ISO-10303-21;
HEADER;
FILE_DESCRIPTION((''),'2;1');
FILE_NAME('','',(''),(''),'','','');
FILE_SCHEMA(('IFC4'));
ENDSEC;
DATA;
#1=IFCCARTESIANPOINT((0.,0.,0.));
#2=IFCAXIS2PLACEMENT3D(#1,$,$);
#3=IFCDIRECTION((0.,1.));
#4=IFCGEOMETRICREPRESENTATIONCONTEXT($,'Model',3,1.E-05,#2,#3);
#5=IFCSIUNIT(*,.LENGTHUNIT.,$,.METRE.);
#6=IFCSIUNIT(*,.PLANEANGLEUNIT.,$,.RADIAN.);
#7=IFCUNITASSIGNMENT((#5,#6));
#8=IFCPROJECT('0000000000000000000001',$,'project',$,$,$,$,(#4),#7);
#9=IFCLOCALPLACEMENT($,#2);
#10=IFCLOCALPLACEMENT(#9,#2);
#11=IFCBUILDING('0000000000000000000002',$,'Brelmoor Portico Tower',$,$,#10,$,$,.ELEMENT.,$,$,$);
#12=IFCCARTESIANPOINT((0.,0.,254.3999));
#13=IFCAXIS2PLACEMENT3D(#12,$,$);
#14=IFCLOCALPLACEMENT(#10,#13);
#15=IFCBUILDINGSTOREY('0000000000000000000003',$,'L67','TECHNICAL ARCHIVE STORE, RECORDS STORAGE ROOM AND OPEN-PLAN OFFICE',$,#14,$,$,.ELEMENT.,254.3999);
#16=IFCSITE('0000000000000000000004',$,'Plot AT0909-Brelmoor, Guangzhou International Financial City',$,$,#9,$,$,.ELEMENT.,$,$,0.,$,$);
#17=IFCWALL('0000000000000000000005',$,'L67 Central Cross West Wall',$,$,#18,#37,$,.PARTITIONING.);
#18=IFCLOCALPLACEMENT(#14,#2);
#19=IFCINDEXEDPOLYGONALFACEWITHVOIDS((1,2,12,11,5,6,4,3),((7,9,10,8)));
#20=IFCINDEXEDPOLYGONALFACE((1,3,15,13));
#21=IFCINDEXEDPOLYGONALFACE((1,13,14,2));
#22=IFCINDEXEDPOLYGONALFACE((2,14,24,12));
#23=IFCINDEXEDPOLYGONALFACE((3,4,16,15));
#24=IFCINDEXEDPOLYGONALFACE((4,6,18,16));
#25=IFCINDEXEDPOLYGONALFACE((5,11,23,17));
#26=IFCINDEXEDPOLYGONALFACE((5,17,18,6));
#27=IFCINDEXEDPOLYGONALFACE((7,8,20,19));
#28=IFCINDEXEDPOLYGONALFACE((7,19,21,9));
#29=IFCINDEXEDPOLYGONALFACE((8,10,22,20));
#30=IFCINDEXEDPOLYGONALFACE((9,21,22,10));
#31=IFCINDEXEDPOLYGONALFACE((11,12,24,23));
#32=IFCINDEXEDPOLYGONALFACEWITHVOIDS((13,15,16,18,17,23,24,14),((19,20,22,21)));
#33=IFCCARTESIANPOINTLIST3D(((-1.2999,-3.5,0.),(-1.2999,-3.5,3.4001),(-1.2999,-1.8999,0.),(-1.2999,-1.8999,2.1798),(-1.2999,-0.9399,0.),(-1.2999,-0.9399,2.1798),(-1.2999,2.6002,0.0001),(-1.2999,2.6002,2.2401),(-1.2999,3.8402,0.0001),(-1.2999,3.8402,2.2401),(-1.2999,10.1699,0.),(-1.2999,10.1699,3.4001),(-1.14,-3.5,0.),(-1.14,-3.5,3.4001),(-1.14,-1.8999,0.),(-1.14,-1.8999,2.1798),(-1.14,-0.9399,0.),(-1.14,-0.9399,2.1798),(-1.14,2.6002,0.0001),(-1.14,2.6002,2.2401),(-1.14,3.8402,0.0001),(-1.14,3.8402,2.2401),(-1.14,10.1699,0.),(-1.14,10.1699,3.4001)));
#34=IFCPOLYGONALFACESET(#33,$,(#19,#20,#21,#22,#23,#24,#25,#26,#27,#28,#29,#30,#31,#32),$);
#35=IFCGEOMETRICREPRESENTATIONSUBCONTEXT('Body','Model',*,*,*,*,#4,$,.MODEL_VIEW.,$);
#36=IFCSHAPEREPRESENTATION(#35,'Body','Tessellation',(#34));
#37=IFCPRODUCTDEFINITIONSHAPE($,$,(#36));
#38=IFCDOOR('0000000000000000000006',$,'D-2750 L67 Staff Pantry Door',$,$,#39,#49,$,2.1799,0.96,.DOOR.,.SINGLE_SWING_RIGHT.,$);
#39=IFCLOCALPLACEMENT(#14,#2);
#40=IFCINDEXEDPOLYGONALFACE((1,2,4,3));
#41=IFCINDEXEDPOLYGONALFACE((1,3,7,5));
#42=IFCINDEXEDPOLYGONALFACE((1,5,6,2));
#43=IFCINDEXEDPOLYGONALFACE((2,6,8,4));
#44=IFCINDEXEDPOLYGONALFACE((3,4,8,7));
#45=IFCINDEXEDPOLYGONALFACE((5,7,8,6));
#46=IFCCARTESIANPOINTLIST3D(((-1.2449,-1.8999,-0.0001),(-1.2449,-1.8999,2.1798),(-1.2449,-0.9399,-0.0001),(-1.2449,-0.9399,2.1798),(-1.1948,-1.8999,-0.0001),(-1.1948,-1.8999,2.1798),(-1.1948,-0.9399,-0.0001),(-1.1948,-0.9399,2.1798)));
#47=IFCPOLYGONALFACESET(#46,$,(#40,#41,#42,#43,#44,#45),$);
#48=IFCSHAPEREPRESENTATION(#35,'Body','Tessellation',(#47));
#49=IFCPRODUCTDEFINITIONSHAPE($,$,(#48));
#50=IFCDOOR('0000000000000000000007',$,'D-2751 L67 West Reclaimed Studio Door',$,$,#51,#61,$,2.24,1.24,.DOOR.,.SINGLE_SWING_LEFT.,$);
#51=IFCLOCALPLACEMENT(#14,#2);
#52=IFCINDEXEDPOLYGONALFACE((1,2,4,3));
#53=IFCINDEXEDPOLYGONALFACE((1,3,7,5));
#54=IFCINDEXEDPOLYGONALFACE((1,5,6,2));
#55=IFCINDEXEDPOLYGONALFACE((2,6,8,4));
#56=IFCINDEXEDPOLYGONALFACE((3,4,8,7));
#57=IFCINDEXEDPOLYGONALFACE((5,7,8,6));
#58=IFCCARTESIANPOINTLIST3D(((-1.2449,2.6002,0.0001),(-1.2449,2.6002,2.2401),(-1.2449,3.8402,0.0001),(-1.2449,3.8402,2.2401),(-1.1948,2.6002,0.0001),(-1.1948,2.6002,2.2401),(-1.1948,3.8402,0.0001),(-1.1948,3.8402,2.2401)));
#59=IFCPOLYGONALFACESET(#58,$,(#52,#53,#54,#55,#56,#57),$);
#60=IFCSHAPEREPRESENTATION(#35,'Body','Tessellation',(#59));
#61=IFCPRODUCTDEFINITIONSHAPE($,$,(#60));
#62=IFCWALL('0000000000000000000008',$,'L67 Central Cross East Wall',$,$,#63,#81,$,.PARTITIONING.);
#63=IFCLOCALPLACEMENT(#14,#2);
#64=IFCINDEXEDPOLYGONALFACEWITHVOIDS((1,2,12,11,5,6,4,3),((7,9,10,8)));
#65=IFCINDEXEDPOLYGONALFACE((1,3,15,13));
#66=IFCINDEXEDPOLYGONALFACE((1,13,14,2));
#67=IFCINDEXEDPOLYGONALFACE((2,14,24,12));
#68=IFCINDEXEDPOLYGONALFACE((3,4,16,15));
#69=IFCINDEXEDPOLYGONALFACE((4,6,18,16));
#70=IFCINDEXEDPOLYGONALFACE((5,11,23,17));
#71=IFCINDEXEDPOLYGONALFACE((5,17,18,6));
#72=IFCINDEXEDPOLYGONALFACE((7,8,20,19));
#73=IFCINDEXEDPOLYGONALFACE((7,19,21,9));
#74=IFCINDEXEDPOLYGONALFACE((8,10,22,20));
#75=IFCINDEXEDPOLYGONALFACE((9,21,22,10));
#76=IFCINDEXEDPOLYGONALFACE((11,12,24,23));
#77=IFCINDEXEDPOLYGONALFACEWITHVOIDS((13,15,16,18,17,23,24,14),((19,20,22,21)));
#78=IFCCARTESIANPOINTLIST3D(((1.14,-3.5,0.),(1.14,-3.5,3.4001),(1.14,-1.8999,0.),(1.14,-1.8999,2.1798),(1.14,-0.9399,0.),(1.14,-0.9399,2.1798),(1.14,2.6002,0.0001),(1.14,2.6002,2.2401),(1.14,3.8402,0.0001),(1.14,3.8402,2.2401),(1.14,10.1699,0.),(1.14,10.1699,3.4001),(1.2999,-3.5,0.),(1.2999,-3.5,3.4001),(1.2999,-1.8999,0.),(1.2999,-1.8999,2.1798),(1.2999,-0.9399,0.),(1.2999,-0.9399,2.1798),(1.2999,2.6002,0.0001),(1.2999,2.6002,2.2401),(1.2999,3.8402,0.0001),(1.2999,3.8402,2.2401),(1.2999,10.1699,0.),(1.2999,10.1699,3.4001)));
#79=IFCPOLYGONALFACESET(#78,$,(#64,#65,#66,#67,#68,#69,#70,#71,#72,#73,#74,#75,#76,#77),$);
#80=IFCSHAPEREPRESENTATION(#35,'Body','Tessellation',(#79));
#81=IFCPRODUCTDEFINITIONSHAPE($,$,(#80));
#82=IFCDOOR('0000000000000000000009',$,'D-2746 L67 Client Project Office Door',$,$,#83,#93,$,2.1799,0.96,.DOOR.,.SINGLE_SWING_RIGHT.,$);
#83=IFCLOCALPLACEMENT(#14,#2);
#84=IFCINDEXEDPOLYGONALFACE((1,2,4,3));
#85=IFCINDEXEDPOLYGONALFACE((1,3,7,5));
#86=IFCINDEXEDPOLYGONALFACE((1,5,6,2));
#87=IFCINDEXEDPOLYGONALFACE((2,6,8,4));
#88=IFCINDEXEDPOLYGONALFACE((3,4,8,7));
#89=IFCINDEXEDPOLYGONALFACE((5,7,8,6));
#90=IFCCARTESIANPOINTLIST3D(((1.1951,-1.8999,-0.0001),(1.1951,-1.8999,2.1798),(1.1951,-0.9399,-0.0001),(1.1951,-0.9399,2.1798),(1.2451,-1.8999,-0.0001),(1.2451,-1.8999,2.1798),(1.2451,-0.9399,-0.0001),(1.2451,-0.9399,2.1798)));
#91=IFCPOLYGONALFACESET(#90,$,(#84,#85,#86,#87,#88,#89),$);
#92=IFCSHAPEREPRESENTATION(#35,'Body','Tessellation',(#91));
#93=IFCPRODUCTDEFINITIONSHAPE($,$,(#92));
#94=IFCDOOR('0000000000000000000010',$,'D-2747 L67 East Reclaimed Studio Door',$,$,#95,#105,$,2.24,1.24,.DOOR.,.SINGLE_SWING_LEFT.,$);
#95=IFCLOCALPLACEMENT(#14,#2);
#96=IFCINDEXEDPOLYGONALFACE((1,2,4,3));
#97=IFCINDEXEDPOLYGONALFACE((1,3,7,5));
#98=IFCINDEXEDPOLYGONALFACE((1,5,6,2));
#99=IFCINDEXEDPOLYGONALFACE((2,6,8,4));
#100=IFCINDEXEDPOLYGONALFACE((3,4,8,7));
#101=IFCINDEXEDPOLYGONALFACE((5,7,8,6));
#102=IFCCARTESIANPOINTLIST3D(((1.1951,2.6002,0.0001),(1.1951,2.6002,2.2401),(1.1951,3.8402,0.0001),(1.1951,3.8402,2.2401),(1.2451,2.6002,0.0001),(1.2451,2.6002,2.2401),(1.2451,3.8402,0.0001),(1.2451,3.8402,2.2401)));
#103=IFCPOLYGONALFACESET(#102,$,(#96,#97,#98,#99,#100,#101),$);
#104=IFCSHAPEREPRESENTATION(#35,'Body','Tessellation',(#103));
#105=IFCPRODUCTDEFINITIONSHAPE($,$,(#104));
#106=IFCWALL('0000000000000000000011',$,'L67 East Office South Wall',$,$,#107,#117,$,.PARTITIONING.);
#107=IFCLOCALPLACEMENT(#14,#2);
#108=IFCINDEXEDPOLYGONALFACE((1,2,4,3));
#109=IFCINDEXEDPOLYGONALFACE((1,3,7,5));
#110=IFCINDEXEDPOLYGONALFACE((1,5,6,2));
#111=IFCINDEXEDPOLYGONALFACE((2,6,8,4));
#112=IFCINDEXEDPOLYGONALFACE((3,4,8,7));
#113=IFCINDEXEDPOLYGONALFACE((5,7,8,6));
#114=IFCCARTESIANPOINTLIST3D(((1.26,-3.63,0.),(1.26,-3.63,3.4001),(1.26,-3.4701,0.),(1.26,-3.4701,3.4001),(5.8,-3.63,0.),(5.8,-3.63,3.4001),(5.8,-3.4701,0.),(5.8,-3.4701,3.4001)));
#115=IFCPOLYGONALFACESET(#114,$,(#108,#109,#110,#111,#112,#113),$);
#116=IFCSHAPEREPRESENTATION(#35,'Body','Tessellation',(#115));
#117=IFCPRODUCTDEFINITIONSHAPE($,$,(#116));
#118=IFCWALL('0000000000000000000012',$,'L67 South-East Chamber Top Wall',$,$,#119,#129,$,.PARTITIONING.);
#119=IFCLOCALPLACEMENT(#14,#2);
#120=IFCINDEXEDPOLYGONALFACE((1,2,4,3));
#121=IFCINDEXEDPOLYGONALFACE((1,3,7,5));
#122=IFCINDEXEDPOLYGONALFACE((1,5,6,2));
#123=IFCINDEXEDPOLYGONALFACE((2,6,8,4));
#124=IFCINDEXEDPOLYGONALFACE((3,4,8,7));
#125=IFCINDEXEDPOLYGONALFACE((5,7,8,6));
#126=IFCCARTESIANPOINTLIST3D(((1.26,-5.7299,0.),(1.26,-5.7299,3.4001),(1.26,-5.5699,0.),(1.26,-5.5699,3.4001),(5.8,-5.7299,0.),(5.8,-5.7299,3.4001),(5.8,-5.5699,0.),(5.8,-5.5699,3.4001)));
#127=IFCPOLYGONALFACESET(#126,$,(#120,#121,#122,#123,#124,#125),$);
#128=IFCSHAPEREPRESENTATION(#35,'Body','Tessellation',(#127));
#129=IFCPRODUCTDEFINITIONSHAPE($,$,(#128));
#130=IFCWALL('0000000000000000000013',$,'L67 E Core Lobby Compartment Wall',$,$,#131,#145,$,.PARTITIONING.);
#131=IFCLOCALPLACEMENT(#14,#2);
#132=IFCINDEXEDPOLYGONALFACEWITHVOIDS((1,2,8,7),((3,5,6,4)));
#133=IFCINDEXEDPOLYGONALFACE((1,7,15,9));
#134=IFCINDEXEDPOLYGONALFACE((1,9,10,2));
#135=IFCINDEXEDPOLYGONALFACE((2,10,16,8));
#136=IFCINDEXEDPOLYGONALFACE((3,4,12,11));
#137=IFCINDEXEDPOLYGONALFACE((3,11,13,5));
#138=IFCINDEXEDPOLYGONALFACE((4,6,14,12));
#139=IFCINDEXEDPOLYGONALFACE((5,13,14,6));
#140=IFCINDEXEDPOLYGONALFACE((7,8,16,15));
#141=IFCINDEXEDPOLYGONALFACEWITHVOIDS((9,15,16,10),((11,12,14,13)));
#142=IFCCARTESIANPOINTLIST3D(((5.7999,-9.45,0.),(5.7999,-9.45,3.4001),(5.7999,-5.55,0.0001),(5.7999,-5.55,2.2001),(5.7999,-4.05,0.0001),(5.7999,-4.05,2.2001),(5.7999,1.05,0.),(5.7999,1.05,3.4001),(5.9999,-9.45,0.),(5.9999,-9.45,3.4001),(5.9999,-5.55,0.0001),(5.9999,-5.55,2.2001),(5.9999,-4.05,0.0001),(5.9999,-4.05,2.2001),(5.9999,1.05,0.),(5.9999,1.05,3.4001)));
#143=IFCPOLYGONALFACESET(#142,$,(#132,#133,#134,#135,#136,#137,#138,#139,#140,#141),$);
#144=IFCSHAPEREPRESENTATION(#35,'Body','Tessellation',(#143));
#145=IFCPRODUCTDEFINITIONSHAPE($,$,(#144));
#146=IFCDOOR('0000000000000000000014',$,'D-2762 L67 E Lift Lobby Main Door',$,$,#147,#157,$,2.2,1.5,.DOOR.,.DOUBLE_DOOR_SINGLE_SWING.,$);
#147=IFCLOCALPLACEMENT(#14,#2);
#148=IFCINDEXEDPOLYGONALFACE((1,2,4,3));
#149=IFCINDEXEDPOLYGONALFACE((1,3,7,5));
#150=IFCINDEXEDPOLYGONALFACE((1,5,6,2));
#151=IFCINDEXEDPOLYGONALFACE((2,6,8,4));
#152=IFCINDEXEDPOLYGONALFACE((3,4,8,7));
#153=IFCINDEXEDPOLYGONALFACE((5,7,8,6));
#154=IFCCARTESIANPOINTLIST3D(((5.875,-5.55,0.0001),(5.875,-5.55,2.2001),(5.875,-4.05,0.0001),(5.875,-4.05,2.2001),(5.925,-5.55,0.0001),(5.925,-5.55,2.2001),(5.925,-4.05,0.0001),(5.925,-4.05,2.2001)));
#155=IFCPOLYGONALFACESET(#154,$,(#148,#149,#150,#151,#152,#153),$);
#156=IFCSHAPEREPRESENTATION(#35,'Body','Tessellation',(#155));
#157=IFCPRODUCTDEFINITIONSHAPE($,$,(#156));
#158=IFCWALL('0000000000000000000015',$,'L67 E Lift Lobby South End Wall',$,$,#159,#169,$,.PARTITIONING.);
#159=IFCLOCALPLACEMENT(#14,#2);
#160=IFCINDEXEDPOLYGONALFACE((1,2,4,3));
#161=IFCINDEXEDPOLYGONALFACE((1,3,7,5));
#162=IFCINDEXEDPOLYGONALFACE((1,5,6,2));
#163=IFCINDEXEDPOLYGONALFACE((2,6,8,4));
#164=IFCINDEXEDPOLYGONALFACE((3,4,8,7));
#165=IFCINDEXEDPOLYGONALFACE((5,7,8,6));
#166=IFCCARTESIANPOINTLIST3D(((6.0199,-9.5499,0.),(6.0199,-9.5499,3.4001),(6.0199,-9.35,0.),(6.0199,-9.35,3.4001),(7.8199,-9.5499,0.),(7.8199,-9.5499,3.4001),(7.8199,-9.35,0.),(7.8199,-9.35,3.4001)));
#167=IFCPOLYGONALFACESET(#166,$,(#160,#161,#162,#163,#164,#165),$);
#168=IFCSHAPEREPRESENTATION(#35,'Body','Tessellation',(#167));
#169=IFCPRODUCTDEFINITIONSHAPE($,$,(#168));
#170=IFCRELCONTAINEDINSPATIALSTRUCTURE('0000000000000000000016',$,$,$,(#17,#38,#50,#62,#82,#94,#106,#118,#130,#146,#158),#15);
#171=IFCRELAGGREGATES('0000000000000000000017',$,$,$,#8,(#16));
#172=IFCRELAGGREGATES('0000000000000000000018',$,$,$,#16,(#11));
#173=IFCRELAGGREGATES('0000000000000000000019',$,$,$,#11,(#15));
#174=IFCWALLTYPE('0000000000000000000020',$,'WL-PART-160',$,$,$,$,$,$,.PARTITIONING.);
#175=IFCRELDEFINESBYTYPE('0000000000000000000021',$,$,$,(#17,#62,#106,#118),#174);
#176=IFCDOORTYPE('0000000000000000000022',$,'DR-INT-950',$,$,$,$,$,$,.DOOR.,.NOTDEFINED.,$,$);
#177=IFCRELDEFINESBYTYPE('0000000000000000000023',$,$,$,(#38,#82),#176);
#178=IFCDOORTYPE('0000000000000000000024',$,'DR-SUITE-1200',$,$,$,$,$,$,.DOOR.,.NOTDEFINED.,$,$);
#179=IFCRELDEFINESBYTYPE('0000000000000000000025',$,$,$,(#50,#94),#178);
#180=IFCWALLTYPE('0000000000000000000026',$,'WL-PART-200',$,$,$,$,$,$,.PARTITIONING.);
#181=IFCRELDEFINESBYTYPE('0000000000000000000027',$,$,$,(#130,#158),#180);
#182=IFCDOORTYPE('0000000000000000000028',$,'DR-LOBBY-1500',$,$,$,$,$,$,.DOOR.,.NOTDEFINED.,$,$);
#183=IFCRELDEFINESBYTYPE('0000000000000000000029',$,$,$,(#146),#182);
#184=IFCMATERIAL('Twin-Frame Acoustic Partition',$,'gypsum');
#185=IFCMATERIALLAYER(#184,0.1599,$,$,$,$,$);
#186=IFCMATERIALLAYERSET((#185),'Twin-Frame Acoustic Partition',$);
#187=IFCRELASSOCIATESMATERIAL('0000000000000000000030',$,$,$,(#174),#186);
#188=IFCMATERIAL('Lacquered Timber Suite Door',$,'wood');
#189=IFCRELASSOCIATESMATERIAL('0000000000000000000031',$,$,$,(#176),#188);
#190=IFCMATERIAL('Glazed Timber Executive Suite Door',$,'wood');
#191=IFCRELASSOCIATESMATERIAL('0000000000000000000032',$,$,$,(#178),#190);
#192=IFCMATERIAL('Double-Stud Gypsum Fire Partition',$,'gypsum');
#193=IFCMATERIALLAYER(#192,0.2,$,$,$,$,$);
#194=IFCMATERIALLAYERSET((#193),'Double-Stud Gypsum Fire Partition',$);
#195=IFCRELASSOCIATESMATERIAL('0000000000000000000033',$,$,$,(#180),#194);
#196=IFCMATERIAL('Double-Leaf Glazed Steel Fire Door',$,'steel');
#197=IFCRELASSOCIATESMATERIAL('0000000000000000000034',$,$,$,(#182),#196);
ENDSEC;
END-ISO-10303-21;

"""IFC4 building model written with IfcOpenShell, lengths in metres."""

from ifc_helpers import new_model, si_unit, direction, frame, frame_2d, origin, place, context, subcontext, project, spatial, rectangle, extrude, material, layer, layer_set, type_object, element, fill, save


model = new_model("IFC4")

# Units and contexts
model_context = context("Model", 3, precision=1e-05, world=origin(), true_north=direction((0.0, 1.0)))
body_context = subcontext(model_context, "Body", "Model", "MODEL_VIEW")
ifc_project = project(units=[si_unit("LENGTHUNIT", "METRE"), si_unit("PLANEANGLEUNIT", "RADIAN")], contexts=[model_context])

# Site, building, storey
site_placement = place(None, origin())
site = spatial("IfcSite", under=ifc_project, at=site_placement, Name="Plot AT0909-Brelmoor, Guangzhou International Financial City", CompositionType="ELEMENT", RefElevation=0.0)
building_placement = place(site_placement, origin())
building = spatial("IfcBuilding", under=site, at=building_placement, Name="Brelmoor Portico Tower", CompositionType="ELEMENT")
storey_placement = place(building_placement, frame((0.0, 0.0, 254.3999)))
storey = spatial("IfcBuildingStorey", under=building, at=storey_placement, Name="L67", Description="TECHNICAL ARCHIVE STORE, RECORDS STORAGE ROOM AND OPEN-PLAN OFFICE", CompositionType="ELEMENT", Elevation=254.3999)

# Walls, openings, doors
ifc_material_1 = material(Name="Twin-Frame Acoustic Partition", Category="gypsum")
ifc_layer_1 = layer(ifc_material_1, 0.1599)
ifc_layer_set_1 = layer_set([ifc_layer_1], Name="Twin-Frame Acoustic Partition")
wall_type_1 = type_object("IfcWallType", Name="WL-PART-160", PredefinedType="PARTITIONING", material=ifc_layer_set_1)
wall_1_placement = place(storey_placement, frame((-1.22, -3.5, 0.0), z_axis=(0.0, 0.0, 1.0), x_axis=(0.0, 1.0, 0.0)))
wall_1 = element("IfcWall", 1, at=wall_1_placement, inside=storey, type_object=wall_type_1, Name="L67 Central Cross West Wall", PredefinedType="PARTITIONING", context=body_context, shape_type="SweptSolid", body=[
    extrude(rectangle(XDim=13.6699, YDim=0.1599, at=frame_2d((6.835, 0.0))), origin(), (0.0, 0.0, 1.0), 3.4001),
])
opening_1_placement = place(wall_1_placement, frame((6.1001, 0.0, 0.0)))
opening_1 = element("IfcOpeningElement", 2, at=opening_1_placement, cuts=wall_1, PredefinedType="OPENING", context=body_context, shape_type="SweptSolid", body=[
    extrude(rectangle(XDim=1.24, YDim=2.24, at=frame_2d((0.6201, 1.1201))), frame((0.0, 0.0898, 0.0), z_axis=(0.0, -1.0, 0.0), x_axis=(1.0, 0.0, 0.0)), (0.0, 0.0, 1.0), 0.1799),
])
opening_2_placement = place(wall_1_placement, frame((1.6001, 0.0, 0.0)))
opening_2 = element("IfcOpeningElement", 3, at=opening_2_placement, cuts=wall_1, PredefinedType="OPENING", context=body_context, shape_type="SweptSolid", body=[
    extrude(rectangle(XDim=0.96, YDim=2.1799, at=frame_2d((0.48, 1.0898))), frame((0.0, 0.0898, 0.0), z_axis=(0.0, -1.0, 0.0), x_axis=(1.0, 0.0, 0.0)), (0.0, 0.0, 1.0), 0.1799),
])
ifc_material_2 = material(Name="Lacquered Timber Suite Door", Category="wood")
door_type_1 = type_object("IfcDoorType", Name="DR-INT-950", OperationType="NOTDEFINED", PredefinedType="DOOR", material=ifc_material_2)
door_1_placement = place(opening_2_placement, origin())
door_1 = element("IfcDoor", 4, at=door_1_placement, inside=storey, type_object=door_type_1, Name="D-2750 L67 Staff Pantry Door", OperationType="SINGLE_SWING_RIGHT", OverallHeight=2.1799, OverallWidth=0.96, PredefinedType="DOOR", context=body_context, shape_type="SweptSolid", body=[
    extrude(rectangle(XDim=0.96, YDim=2.1799, at=frame_2d((0.48, 1.0898))), frame((0.0, 0.0249, 0.0), z_axis=(0.0, -1.0, 0.0), x_axis=(1.0, 0.0, 0.0)), (0.0, 0.0, 1.0), 0.05),
])
fill(opening_2, door_1)
ifc_material_3 = material(Name="Glazed Timber Executive Suite Door", Category="wood")
door_type_2 = type_object("IfcDoorType", Name="DR-SUITE-1200", OperationType="NOTDEFINED", PredefinedType="DOOR", material=ifc_material_3)
door_2_placement = place(opening_1_placement, origin())
door_2 = element("IfcDoor", 5, at=door_2_placement, inside=storey, type_object=door_type_2, Name="D-2751 L67 West Reclaimed Studio Door", OperationType="SINGLE_SWING_LEFT", OverallHeight=2.24, OverallWidth=1.24, PredefinedType="DOOR", context=body_context, shape_type="SweptSolid", body=[
    extrude(rectangle(XDim=1.24, YDim=2.24, at=frame_2d((0.6201, 1.1201))), frame((0.0, 0.0249, 0.0), z_axis=(0.0, -1.0, 0.0), x_axis=(1.0, 0.0, 0.0)), (0.0, 0.0, 1.0), 0.05),
])
fill(opening_1, door_2)
wall_2_placement = place(storey_placement, frame((1.22, -3.5, 0.0), z_axis=(0.0, 0.0, 1.0), x_axis=(0.0, 1.0, 0.0)))
wall_2 = element("IfcWall", 6, at=wall_2_placement, inside=storey, type_object=wall_type_1, Name="L67 Central Cross East Wall", PredefinedType="PARTITIONING", context=body_context, shape_type="SweptSolid", body=[
    extrude(rectangle(XDim=13.6699, YDim=0.1599, at=frame_2d((6.835, 0.0))), origin(), (0.0, 0.0, 1.0), 3.4001),
])
opening_3_placement = place(wall_2_placement, frame((6.1001, 0.0, 0.0)))
opening_3 = element("IfcOpeningElement", 7, at=opening_3_placement, cuts=wall_2, PredefinedType="OPENING", context=body_context, shape_type="SweptSolid", body=[
    extrude(rectangle(XDim=1.24, YDim=2.24, at=frame_2d((0.6201, 1.1201))), frame((0.0, 0.0898, 0.0), z_axis=(0.0, -1.0, 0.0), x_axis=(1.0, 0.0, 0.0)), (0.0, 0.0, 1.0), 0.1799),
])
opening_4_placement = place(wall_2_placement, frame((1.6001, 0.0, 0.0)))
opening_4 = element("IfcOpeningElement", 8, at=opening_4_placement, cuts=wall_2, PredefinedType="OPENING", context=body_context, shape_type="SweptSolid", body=[
    extrude(rectangle(XDim=0.96, YDim=2.1799, at=frame_2d((0.48, 1.0898))), frame((0.0, 0.0898, 0.0), z_axis=(0.0, -1.0, 0.0), x_axis=(1.0, 0.0, 0.0)), (0.0, 0.0, 1.0), 0.1799),
])
door_3_placement = place(opening_4_placement, origin())
door_3 = element("IfcDoor", 9, at=door_3_placement, inside=storey, type_object=door_type_1, Name="D-2746 L67 Client Project Office Door", OperationType="SINGLE_SWING_RIGHT", OverallHeight=2.1799, OverallWidth=0.96, PredefinedType="DOOR", context=body_context, shape_type="SweptSolid", body=[
    extrude(rectangle(XDim=0.96, YDim=2.1799, at=frame_2d((0.48, 1.0898))), frame((0.0, 0.0249, 0.0), z_axis=(0.0, -1.0, 0.0), x_axis=(1.0, 0.0, 0.0)), (0.0, 0.0, 1.0), 0.05),
])
fill(opening_4, door_3)
door_4_placement = place(opening_3_placement, origin())
door_4 = element("IfcDoor", 10, at=door_4_placement, inside=storey, type_object=door_type_2, Name="D-2747 L67 East Reclaimed Studio Door", OperationType="SINGLE_SWING_LEFT", OverallHeight=2.24, OverallWidth=1.24, PredefinedType="DOOR", context=body_context, shape_type="SweptSolid", body=[
    extrude(rectangle(XDim=1.24, YDim=2.24, at=frame_2d((0.6201, 1.1201))), frame((0.0, 0.0249, 0.0), z_axis=(0.0, -1.0, 0.0), x_axis=(1.0, 0.0, 0.0)), (0.0, 0.0, 1.0), 0.05),
])
fill(opening_3, door_4)

# Walls
for number, where, z_axis, x_axis, name in (
    (11, (1.26, -3.55, 0.0), (0.0, 0.0, 1.0), (1.0, 0.0, 0.0), "L67 East Office South Wall"),
    (12, (1.26, -5.6499, 0.0), (0.0, 0.0, 1.0), (1.0, 0.0, 0.0), "L67 South-East Chamber Top Wall"),
):
    element("IfcWall", number, at=place(storey_placement, frame(where, z_axis=z_axis, x_axis=x_axis)), inside=storey, type_object=wall_type_1, Name=name, PredefinedType="PARTITIONING", context=body_context, shape_type="SweptSolid", body=[
        extrude(rectangle(XDim=4.54, YDim=0.1599, at=frame_2d((2.27, 0.0))), origin(), (0.0, 0.0, 1.0), 3.4001),
    ])

# Wall, opening, door
ifc_material_4 = material(Name="Double-Stud Gypsum Fire Partition", Category="gypsum")
ifc_layer_2 = layer(ifc_material_4, 0.2)
ifc_layer_set_2 = layer_set([ifc_layer_2], Name="Double-Stud Gypsum Fire Partition")
wall_type_2 = type_object("IfcWallType", Name="WL-PART-200", PredefinedType="PARTITIONING", material=ifc_layer_set_2)
wall_3_placement = place(storey_placement, frame((5.8999, -9.45, 0.0), z_axis=(0.0, 0.0, 1.0), x_axis=(0.0, 1.0, 0.0)))
wall_3 = element("IfcWall", 13, at=wall_3_placement, inside=storey, type_object=wall_type_2, Name="L67 E Core Lobby Compartment Wall", PredefinedType="PARTITIONING", context=body_context, shape_type="SweptSolid", body=[
    extrude(rectangle(XDim=10.5, YDim=0.2, at=frame_2d((5.25, 0.0))), origin(), (0.0, 0.0, 1.0), 3.4001),
])
opening_5_placement = place(wall_3_placement, frame((3.8999, 0.0, 0.0)))
opening_5 = element("IfcOpeningElement", 14, at=opening_5_placement, cuts=wall_3, PredefinedType="OPENING", context=body_context, shape_type="SweptSolid", body=[
    extrude(rectangle(XDim=1.5, YDim=2.2, at=frame_2d((0.75, 1.1001))), frame((0.0, 0.1099, 0.0), z_axis=(0.0, -1.0, 0.0), x_axis=(1.0, 0.0, 0.0)), (0.0, 0.0, 1.0), 0.22),
])
ifc_material_5 = material(Name="Double-Leaf Glazed Steel Fire Door", Category="steel")
door_type_3 = type_object("IfcDoorType", Name="DR-LOBBY-1500", OperationType="NOTDEFINED", PredefinedType="DOOR", material=ifc_material_5)
door_5_placement = place(opening_5_placement, origin())
door_5 = element("IfcDoor", 15, at=door_5_placement, inside=storey, type_object=door_type_3, Name="D-2762 L67 E Lift Lobby Main Door", OperationType="DOUBLE_DOOR_SINGLE_SWING", OverallHeight=2.2, OverallWidth=1.5, PredefinedType="DOOR", context=body_context, shape_type="SweptSolid", body=[
    extrude(rectangle(XDim=1.5, YDim=2.2, at=frame_2d((0.75, 1.1001))), frame((0.0, 0.0249, 0.0), z_axis=(0.0, -1.0, 0.0), x_axis=(1.0, 0.0, 0.0)), (0.0, 0.0, 1.0), 0.05),
])
fill(opening_5, door_5)

# Wall
wall_4_placement = place(storey_placement, frame((6.02, -9.45, 0.0), z_axis=(0.0, 0.0, 1.0), x_axis=(1.0, 0.0, 0.0)))
element("IfcWall", 16, at=wall_4_placement, inside=storey, type_object=wall_type_2, Name="L67 E Lift Lobby South End Wall", PredefinedType="PARTITIONING", context=body_context, shape_type="SweptSolid", body=[
    extrude(rectangle(XDim=1.8, YDim=0.2, at=frame_2d((0.8999, 0.0))), origin(), (0.0, 0.0, 1.0), 3.4001),
])

save(model, "model.ifc")
